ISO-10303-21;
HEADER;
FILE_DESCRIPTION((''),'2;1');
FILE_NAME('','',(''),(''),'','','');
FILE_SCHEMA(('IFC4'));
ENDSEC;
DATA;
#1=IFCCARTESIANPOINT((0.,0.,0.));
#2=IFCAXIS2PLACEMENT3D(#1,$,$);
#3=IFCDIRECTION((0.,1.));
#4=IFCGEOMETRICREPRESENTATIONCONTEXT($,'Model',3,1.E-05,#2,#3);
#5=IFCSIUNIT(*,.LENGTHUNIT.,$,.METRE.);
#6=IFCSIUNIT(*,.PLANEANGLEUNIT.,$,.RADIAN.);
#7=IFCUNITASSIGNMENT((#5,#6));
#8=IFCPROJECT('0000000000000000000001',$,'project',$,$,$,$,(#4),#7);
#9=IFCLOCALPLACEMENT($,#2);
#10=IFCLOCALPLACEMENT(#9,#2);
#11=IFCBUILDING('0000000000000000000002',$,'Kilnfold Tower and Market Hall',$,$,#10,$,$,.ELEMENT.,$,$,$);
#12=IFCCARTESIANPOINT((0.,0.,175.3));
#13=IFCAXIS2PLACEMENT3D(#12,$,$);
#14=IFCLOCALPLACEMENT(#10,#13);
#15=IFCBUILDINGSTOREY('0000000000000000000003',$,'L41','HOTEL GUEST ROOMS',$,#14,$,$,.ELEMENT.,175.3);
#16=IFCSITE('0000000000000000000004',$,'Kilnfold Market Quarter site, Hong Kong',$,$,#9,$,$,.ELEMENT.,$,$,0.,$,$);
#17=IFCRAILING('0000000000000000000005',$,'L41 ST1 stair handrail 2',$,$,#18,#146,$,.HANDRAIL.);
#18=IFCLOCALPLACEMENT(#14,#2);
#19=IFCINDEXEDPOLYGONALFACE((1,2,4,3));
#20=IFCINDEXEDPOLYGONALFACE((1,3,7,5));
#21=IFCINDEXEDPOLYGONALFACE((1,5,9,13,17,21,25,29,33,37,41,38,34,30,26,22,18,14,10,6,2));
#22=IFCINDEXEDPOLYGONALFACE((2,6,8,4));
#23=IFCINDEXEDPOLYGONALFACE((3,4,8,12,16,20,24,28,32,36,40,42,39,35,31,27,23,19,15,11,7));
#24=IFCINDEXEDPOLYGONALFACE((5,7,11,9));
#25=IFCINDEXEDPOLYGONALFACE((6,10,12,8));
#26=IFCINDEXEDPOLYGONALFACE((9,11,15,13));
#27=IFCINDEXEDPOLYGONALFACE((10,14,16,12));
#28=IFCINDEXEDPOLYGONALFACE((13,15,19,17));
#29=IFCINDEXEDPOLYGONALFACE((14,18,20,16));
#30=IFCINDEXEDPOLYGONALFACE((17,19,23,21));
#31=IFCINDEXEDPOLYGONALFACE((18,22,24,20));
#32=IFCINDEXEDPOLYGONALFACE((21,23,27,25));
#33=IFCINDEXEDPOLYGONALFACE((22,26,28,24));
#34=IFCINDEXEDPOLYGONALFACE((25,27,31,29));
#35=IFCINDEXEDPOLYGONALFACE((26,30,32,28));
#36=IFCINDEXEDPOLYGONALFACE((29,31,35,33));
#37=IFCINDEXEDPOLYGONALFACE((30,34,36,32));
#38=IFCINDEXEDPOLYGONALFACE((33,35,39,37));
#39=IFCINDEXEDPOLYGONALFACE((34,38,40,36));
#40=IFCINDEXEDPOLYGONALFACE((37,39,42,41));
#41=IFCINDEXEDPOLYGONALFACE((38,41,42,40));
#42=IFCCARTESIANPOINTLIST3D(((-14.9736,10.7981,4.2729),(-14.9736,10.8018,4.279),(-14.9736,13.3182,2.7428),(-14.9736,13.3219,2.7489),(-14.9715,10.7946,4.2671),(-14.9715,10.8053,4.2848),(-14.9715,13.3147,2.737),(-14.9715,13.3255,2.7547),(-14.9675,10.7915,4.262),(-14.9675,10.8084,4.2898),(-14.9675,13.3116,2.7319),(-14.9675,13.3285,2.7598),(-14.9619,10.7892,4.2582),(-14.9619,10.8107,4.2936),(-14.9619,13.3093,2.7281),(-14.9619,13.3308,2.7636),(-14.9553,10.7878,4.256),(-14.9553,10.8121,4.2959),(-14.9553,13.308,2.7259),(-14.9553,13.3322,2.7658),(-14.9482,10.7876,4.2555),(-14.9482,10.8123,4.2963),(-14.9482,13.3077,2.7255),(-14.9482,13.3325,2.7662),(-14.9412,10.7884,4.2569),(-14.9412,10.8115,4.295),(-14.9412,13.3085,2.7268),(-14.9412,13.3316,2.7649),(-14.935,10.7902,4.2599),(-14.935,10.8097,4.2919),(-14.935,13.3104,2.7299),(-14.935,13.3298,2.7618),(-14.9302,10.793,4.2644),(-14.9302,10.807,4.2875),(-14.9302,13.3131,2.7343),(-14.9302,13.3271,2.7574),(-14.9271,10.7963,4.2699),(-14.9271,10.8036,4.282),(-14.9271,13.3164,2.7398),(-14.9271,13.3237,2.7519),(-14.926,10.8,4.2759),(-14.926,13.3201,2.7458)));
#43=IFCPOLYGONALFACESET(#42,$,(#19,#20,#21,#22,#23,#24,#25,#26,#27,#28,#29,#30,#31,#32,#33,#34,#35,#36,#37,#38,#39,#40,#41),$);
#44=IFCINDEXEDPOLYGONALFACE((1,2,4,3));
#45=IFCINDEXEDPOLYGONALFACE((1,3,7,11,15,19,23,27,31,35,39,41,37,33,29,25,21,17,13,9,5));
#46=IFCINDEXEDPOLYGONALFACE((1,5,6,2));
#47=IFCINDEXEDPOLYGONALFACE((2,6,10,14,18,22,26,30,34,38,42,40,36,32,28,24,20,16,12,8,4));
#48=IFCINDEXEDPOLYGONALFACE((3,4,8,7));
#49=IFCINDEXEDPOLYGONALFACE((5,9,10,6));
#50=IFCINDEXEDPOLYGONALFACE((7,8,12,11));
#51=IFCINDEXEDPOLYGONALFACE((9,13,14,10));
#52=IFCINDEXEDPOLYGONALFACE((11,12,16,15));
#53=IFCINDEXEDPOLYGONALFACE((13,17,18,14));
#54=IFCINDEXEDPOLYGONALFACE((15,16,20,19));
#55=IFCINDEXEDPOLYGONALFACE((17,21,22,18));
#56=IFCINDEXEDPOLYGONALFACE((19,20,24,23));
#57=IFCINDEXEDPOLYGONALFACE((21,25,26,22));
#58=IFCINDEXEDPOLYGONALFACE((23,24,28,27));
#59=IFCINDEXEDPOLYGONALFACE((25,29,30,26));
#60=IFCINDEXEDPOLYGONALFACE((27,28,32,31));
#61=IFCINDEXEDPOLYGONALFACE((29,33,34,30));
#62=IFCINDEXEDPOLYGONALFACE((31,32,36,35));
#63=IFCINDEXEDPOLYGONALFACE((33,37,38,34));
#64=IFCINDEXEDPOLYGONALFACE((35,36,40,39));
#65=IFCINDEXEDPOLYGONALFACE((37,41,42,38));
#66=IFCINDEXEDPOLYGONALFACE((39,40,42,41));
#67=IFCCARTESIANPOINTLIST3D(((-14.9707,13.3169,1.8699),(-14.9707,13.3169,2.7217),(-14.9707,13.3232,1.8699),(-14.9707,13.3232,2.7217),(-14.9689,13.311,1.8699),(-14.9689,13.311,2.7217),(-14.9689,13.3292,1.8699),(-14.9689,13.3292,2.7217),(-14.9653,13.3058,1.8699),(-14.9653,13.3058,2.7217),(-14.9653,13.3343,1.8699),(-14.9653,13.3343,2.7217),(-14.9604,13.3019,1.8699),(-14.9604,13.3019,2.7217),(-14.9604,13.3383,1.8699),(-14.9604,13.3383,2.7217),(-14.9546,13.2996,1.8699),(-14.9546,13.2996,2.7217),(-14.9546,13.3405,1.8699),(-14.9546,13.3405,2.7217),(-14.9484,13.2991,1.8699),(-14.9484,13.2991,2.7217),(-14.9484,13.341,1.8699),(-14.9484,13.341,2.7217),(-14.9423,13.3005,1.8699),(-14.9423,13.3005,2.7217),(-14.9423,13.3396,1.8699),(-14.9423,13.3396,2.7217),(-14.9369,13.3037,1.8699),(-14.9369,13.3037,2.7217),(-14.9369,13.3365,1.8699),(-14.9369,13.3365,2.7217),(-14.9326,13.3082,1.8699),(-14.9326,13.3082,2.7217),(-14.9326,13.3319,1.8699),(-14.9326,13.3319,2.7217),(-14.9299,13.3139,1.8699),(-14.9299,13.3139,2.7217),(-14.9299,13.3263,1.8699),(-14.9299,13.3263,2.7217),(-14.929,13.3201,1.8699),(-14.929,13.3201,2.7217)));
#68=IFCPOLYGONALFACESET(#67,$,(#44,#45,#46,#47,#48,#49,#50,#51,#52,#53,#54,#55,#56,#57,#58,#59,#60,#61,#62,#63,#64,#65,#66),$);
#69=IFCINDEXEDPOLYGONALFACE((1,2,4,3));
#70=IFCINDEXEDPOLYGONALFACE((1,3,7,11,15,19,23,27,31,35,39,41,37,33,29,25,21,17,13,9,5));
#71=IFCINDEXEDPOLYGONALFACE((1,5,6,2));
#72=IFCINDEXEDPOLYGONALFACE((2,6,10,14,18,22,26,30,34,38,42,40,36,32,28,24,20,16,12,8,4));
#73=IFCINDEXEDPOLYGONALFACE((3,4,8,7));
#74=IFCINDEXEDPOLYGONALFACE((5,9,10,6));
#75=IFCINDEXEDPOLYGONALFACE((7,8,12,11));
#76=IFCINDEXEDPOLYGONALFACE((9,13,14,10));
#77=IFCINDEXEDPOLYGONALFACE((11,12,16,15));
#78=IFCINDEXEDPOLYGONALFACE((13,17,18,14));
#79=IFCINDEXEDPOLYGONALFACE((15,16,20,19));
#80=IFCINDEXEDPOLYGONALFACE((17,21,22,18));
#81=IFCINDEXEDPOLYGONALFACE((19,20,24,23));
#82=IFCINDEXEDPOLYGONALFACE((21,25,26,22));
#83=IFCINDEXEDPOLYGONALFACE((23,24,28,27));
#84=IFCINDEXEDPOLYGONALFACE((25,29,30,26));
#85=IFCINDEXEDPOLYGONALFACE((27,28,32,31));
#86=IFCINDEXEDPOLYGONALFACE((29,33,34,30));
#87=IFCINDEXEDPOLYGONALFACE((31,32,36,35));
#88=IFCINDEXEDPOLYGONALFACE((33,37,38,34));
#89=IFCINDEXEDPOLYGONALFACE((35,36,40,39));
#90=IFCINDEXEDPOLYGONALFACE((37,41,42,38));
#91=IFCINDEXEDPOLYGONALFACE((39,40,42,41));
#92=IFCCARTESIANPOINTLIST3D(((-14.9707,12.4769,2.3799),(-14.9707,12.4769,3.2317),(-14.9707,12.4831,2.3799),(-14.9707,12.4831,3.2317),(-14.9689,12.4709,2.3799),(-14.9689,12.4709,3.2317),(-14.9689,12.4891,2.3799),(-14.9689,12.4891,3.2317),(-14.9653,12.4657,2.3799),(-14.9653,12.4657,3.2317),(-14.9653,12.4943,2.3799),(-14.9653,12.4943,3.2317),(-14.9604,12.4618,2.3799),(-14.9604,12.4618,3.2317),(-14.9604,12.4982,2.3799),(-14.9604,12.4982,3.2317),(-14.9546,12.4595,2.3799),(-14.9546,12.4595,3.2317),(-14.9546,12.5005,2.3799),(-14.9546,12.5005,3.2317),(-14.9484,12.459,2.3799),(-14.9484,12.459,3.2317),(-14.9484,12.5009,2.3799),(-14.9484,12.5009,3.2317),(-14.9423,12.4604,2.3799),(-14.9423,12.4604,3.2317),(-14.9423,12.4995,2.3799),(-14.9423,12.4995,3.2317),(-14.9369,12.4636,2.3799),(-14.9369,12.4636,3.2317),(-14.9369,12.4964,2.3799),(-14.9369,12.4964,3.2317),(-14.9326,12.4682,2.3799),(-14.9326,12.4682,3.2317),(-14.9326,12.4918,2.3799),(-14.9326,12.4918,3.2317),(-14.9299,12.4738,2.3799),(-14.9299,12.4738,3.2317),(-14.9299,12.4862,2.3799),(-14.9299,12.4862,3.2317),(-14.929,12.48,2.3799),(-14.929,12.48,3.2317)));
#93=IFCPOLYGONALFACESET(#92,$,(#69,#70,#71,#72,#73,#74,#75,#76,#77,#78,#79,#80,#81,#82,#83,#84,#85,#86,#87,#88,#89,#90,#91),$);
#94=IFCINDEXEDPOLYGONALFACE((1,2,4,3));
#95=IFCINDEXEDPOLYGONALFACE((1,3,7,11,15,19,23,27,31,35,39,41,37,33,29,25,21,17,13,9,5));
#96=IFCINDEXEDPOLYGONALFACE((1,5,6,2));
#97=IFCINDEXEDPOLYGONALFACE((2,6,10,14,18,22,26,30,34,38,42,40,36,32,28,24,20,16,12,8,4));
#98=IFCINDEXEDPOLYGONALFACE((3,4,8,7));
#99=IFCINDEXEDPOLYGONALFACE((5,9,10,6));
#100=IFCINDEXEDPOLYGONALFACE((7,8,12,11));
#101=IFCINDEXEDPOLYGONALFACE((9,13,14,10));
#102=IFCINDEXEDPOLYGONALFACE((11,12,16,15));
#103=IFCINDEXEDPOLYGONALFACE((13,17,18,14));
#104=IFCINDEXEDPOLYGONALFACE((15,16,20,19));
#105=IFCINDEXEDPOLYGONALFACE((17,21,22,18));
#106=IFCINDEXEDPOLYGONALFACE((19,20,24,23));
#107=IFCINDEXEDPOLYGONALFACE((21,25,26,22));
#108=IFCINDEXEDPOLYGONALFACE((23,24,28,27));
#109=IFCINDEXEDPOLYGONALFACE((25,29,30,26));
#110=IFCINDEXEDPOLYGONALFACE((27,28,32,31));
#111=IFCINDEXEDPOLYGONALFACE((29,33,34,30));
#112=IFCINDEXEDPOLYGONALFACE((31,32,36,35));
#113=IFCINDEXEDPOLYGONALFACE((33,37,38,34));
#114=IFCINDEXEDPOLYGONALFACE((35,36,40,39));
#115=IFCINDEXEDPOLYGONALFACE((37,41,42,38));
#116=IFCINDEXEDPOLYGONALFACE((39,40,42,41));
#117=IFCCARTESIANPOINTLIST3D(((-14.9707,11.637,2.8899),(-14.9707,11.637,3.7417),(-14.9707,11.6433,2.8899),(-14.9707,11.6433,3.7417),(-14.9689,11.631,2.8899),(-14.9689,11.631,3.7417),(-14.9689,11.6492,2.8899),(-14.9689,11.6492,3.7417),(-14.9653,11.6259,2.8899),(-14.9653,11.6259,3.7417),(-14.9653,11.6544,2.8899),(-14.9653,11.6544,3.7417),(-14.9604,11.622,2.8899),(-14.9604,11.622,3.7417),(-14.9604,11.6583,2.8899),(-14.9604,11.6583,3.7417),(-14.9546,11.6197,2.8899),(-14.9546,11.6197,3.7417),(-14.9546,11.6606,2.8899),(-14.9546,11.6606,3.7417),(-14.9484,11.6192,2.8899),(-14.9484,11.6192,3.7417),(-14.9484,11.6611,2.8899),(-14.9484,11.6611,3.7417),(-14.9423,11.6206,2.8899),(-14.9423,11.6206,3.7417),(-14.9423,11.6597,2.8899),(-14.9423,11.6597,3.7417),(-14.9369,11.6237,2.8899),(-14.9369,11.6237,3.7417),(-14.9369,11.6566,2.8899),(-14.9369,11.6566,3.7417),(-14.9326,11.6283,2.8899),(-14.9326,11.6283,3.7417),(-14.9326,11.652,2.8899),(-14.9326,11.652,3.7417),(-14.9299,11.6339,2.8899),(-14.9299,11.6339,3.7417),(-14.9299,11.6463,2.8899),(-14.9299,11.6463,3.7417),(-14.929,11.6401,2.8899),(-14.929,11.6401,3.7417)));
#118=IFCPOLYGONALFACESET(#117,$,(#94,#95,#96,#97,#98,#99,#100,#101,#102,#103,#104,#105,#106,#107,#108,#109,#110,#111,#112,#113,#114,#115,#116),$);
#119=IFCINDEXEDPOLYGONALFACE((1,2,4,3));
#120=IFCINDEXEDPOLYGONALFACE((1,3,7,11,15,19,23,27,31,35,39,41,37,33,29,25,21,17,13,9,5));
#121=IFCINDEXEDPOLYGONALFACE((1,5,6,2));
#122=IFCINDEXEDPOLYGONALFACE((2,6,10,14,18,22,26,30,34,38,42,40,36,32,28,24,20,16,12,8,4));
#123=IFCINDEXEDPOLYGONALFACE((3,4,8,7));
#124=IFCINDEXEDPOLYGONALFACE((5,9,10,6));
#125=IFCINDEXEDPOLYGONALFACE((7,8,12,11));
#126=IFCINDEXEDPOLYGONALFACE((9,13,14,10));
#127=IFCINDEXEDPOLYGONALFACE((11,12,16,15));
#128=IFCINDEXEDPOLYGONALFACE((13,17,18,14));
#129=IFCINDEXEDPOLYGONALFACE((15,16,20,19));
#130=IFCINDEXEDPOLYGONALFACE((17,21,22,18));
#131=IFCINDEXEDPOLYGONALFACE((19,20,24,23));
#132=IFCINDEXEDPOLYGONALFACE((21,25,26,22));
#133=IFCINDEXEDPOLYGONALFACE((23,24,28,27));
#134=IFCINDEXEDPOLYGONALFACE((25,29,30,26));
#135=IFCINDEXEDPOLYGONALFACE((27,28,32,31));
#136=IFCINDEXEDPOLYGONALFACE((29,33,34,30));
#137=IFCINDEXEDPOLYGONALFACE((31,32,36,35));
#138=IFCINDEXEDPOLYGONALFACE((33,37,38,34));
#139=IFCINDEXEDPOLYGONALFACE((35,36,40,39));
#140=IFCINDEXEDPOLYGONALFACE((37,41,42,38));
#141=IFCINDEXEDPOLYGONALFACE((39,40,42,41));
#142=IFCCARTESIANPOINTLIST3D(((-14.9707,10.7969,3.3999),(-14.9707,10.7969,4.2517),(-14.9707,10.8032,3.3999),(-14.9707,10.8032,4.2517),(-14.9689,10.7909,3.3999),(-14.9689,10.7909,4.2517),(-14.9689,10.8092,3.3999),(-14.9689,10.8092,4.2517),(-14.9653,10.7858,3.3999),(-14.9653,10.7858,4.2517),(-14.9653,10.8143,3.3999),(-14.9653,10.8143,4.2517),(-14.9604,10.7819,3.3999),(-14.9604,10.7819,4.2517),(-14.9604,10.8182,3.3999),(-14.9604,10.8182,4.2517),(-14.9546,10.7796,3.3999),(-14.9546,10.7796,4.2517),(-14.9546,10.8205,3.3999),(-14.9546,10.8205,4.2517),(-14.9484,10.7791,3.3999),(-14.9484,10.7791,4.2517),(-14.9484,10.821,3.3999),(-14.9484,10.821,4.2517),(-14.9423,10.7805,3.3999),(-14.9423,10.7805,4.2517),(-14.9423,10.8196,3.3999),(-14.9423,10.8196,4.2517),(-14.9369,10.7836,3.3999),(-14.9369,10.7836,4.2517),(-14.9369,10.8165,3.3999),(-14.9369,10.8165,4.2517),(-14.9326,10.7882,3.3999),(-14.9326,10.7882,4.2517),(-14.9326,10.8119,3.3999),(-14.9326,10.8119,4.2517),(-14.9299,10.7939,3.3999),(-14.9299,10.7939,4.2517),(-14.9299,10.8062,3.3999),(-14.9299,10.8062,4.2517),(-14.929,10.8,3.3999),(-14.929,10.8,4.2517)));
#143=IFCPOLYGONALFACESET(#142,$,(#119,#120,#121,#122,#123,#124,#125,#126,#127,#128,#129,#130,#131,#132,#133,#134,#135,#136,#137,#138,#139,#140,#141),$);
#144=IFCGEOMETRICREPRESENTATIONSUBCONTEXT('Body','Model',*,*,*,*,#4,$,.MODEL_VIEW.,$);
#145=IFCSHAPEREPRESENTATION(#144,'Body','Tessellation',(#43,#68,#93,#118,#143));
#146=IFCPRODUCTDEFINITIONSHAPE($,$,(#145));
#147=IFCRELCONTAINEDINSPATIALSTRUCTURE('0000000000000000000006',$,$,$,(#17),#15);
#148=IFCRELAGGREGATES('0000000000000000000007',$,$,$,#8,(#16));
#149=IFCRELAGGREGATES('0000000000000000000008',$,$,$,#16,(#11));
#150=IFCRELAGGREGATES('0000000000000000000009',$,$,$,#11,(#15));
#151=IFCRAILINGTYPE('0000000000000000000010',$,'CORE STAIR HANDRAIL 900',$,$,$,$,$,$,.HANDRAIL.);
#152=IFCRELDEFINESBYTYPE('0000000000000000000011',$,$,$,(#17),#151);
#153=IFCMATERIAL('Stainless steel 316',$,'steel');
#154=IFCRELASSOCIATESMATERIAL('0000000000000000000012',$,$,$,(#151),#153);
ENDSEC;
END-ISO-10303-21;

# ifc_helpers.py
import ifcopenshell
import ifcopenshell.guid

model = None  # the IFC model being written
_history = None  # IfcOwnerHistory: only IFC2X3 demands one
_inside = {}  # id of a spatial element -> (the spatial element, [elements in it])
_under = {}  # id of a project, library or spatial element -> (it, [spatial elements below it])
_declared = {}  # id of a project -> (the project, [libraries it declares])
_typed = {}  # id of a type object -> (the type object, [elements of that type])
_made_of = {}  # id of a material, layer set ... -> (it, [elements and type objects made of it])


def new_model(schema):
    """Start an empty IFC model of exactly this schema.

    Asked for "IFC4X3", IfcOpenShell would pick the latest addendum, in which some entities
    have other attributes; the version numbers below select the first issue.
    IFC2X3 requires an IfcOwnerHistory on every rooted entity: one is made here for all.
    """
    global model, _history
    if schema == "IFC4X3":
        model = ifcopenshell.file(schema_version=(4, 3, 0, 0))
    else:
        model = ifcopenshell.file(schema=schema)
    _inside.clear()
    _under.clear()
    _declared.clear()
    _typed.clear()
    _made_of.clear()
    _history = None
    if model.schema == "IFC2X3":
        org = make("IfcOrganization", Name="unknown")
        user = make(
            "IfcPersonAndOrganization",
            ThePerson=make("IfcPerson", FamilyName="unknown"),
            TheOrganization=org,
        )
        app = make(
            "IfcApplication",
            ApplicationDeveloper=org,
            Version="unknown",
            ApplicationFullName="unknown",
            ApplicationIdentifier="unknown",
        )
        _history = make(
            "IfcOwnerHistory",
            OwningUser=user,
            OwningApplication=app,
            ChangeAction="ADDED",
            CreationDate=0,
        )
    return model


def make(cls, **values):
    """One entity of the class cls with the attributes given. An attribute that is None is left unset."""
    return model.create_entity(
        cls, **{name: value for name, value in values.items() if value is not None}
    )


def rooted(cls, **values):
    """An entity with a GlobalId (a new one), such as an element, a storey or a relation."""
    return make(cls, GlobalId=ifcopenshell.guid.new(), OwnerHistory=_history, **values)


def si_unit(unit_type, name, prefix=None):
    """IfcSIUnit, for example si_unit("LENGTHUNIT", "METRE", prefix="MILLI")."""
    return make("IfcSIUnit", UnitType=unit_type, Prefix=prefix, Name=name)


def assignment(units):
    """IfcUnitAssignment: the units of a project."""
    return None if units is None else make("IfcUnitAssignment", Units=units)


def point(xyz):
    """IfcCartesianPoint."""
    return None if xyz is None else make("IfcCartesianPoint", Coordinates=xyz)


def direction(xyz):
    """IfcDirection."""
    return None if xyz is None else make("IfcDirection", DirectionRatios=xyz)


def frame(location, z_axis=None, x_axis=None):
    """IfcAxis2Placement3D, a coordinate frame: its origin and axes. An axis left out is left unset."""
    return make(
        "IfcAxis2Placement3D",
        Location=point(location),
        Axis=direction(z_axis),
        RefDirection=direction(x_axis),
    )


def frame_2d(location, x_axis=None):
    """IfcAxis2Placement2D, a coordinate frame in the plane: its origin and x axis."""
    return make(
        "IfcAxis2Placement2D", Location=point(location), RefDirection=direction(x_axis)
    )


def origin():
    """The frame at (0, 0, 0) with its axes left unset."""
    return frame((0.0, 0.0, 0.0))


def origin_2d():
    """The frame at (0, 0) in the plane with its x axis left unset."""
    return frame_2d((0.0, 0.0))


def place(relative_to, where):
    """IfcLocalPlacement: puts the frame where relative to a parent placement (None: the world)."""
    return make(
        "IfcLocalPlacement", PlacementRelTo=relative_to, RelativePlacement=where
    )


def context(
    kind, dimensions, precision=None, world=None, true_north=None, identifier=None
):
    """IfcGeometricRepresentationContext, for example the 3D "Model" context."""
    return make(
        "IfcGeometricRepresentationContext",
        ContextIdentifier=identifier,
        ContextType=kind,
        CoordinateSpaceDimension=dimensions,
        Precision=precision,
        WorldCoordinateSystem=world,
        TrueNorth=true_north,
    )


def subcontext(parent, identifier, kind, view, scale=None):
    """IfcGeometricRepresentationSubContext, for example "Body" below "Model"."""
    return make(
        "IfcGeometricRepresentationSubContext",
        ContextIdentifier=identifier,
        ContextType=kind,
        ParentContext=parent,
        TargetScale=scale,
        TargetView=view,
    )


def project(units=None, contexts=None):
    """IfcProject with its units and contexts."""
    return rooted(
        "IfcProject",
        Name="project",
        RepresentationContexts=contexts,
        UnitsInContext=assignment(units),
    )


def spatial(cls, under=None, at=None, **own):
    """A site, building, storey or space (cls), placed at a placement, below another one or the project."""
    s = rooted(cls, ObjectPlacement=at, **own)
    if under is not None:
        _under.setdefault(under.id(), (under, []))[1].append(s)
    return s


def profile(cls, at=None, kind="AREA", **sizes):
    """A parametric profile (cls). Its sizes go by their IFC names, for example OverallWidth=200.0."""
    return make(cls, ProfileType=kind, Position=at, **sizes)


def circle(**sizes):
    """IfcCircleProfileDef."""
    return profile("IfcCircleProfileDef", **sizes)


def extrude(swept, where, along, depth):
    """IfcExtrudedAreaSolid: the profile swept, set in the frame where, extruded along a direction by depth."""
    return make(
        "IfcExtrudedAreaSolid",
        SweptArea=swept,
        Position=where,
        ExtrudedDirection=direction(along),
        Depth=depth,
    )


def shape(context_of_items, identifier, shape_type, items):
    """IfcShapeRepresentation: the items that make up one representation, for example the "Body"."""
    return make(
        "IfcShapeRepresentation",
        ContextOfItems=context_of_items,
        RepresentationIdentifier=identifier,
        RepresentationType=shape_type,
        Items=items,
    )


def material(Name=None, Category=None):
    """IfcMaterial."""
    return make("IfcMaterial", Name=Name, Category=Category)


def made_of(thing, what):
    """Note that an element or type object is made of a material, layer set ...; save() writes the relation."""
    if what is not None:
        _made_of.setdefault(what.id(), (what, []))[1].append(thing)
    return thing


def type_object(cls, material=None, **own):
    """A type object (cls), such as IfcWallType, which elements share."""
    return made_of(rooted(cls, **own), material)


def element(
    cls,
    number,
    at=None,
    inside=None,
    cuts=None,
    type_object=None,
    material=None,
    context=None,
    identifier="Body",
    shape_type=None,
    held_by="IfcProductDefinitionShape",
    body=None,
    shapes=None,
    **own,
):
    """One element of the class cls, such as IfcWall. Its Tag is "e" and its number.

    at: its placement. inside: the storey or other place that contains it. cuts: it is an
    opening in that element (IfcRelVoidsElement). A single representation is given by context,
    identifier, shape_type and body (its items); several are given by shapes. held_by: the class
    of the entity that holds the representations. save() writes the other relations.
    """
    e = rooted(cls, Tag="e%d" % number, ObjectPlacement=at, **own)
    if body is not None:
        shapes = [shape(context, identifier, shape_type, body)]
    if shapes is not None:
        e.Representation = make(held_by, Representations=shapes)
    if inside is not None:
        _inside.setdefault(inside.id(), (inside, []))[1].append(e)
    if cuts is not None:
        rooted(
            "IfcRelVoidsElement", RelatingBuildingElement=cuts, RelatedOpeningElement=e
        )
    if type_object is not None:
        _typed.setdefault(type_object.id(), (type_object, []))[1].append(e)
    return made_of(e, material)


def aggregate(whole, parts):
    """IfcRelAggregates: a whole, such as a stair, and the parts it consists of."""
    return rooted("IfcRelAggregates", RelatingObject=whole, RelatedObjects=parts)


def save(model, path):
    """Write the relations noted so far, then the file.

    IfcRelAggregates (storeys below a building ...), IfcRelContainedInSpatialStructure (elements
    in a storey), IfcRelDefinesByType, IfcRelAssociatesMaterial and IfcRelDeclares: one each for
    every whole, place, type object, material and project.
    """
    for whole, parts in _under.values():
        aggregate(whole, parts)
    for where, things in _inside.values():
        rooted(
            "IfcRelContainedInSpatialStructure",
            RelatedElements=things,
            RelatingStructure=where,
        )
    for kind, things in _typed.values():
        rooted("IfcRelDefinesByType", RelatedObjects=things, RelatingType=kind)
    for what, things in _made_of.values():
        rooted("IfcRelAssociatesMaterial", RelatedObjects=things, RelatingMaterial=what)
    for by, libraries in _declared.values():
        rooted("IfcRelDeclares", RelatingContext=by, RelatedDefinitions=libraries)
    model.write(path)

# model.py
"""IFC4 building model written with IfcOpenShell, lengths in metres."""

from ifc_helpers import new_model, si_unit, direction, frame, origin, origin_2d, place, context, subcontext, project, spatial, circle, extrude, material, type_object, element, save


model = new_model("IFC4")

# Units and contexts
model_context = context("Model", 3, precision=1e-05, world=origin(), true_north=direction((0.0, 1.0)))
body_context = subcontext(model_context, "Body", "Model", "MODEL_VIEW")
ifc_project = project(units=[si_unit("LENGTHUNIT", "METRE"), si_unit("PLANEANGLEUNIT", "RADIAN")], contexts=[model_context])

# Site, building, storey
site_placement = place(None, origin())
site = spatial("IfcSite", under=ifc_project, at=site_placement, Name="Kilnfold Market Quarter site, Hong Kong", CompositionType="ELEMENT", RefElevation=0.0)
building_placement = place(site_placement, origin())
building = spatial("IfcBuilding", under=site, at=building_placement, Name="Kilnfold Tower and Market Hall", CompositionType="ELEMENT")
storey_placement = place(building_placement, frame((0.0, 0.0, 175.3)))
storey = spatial("IfcBuildingStorey", under=building, at=storey_placement, Name="L41", Description="HOTEL GUEST ROOMS", CompositionType="ELEMENT", Elevation=175.3)

# Railing
ifc_material_1 = material(Name="Stainless steel 316", Category="steel")
railing_type_1 = type_object("IfcRailingType", Name="CORE STAIR HANDRAIL 900", PredefinedType="HANDRAIL", material=ifc_material_1)
railing_1_placement = place(storey_placement, frame((-14.95, 13.3201, 1.8699)))
element("IfcRailing", 1, at=railing_1_placement, inside=storey, type_object=railing_type_1, Name="L41 ST1 stair handrail 2", PredefinedType="HANDRAIL", context=body_context, shape_type="SweptSolid", body=[
    extrude(circle(Radius=0.0239, at=origin_2d()), frame((0.0, 0.0, 0.876), z_axis=(0.0, -0.854785, 0.518982), x_axis=(1.0, 0.0, 0.0)), (0.0, 0.0, 1.0), 2.9482),
    extrude(circle(Radius=0.021, at=origin_2d()), origin(), (0.0, 0.0, 1.0), 0.8518),
    extrude(circle(Radius=0.021, at=origin_2d()), frame((0.0, -0.8401, 0.51)), (0.0, 0.0, 1.0), 0.8518),
    extrude(circle(Radius=0.021, at=origin_2d()), frame((0.0, -1.6799, 1.02)), (0.0, 0.0, 1.0), 0.8518),
    extrude(circle(Radius=0.021, at=origin_2d()), frame((0.0, -2.52, 1.53)), (0.0, 0.0, 1.0), 0.8518),
])

save(model, "model.ifc")
